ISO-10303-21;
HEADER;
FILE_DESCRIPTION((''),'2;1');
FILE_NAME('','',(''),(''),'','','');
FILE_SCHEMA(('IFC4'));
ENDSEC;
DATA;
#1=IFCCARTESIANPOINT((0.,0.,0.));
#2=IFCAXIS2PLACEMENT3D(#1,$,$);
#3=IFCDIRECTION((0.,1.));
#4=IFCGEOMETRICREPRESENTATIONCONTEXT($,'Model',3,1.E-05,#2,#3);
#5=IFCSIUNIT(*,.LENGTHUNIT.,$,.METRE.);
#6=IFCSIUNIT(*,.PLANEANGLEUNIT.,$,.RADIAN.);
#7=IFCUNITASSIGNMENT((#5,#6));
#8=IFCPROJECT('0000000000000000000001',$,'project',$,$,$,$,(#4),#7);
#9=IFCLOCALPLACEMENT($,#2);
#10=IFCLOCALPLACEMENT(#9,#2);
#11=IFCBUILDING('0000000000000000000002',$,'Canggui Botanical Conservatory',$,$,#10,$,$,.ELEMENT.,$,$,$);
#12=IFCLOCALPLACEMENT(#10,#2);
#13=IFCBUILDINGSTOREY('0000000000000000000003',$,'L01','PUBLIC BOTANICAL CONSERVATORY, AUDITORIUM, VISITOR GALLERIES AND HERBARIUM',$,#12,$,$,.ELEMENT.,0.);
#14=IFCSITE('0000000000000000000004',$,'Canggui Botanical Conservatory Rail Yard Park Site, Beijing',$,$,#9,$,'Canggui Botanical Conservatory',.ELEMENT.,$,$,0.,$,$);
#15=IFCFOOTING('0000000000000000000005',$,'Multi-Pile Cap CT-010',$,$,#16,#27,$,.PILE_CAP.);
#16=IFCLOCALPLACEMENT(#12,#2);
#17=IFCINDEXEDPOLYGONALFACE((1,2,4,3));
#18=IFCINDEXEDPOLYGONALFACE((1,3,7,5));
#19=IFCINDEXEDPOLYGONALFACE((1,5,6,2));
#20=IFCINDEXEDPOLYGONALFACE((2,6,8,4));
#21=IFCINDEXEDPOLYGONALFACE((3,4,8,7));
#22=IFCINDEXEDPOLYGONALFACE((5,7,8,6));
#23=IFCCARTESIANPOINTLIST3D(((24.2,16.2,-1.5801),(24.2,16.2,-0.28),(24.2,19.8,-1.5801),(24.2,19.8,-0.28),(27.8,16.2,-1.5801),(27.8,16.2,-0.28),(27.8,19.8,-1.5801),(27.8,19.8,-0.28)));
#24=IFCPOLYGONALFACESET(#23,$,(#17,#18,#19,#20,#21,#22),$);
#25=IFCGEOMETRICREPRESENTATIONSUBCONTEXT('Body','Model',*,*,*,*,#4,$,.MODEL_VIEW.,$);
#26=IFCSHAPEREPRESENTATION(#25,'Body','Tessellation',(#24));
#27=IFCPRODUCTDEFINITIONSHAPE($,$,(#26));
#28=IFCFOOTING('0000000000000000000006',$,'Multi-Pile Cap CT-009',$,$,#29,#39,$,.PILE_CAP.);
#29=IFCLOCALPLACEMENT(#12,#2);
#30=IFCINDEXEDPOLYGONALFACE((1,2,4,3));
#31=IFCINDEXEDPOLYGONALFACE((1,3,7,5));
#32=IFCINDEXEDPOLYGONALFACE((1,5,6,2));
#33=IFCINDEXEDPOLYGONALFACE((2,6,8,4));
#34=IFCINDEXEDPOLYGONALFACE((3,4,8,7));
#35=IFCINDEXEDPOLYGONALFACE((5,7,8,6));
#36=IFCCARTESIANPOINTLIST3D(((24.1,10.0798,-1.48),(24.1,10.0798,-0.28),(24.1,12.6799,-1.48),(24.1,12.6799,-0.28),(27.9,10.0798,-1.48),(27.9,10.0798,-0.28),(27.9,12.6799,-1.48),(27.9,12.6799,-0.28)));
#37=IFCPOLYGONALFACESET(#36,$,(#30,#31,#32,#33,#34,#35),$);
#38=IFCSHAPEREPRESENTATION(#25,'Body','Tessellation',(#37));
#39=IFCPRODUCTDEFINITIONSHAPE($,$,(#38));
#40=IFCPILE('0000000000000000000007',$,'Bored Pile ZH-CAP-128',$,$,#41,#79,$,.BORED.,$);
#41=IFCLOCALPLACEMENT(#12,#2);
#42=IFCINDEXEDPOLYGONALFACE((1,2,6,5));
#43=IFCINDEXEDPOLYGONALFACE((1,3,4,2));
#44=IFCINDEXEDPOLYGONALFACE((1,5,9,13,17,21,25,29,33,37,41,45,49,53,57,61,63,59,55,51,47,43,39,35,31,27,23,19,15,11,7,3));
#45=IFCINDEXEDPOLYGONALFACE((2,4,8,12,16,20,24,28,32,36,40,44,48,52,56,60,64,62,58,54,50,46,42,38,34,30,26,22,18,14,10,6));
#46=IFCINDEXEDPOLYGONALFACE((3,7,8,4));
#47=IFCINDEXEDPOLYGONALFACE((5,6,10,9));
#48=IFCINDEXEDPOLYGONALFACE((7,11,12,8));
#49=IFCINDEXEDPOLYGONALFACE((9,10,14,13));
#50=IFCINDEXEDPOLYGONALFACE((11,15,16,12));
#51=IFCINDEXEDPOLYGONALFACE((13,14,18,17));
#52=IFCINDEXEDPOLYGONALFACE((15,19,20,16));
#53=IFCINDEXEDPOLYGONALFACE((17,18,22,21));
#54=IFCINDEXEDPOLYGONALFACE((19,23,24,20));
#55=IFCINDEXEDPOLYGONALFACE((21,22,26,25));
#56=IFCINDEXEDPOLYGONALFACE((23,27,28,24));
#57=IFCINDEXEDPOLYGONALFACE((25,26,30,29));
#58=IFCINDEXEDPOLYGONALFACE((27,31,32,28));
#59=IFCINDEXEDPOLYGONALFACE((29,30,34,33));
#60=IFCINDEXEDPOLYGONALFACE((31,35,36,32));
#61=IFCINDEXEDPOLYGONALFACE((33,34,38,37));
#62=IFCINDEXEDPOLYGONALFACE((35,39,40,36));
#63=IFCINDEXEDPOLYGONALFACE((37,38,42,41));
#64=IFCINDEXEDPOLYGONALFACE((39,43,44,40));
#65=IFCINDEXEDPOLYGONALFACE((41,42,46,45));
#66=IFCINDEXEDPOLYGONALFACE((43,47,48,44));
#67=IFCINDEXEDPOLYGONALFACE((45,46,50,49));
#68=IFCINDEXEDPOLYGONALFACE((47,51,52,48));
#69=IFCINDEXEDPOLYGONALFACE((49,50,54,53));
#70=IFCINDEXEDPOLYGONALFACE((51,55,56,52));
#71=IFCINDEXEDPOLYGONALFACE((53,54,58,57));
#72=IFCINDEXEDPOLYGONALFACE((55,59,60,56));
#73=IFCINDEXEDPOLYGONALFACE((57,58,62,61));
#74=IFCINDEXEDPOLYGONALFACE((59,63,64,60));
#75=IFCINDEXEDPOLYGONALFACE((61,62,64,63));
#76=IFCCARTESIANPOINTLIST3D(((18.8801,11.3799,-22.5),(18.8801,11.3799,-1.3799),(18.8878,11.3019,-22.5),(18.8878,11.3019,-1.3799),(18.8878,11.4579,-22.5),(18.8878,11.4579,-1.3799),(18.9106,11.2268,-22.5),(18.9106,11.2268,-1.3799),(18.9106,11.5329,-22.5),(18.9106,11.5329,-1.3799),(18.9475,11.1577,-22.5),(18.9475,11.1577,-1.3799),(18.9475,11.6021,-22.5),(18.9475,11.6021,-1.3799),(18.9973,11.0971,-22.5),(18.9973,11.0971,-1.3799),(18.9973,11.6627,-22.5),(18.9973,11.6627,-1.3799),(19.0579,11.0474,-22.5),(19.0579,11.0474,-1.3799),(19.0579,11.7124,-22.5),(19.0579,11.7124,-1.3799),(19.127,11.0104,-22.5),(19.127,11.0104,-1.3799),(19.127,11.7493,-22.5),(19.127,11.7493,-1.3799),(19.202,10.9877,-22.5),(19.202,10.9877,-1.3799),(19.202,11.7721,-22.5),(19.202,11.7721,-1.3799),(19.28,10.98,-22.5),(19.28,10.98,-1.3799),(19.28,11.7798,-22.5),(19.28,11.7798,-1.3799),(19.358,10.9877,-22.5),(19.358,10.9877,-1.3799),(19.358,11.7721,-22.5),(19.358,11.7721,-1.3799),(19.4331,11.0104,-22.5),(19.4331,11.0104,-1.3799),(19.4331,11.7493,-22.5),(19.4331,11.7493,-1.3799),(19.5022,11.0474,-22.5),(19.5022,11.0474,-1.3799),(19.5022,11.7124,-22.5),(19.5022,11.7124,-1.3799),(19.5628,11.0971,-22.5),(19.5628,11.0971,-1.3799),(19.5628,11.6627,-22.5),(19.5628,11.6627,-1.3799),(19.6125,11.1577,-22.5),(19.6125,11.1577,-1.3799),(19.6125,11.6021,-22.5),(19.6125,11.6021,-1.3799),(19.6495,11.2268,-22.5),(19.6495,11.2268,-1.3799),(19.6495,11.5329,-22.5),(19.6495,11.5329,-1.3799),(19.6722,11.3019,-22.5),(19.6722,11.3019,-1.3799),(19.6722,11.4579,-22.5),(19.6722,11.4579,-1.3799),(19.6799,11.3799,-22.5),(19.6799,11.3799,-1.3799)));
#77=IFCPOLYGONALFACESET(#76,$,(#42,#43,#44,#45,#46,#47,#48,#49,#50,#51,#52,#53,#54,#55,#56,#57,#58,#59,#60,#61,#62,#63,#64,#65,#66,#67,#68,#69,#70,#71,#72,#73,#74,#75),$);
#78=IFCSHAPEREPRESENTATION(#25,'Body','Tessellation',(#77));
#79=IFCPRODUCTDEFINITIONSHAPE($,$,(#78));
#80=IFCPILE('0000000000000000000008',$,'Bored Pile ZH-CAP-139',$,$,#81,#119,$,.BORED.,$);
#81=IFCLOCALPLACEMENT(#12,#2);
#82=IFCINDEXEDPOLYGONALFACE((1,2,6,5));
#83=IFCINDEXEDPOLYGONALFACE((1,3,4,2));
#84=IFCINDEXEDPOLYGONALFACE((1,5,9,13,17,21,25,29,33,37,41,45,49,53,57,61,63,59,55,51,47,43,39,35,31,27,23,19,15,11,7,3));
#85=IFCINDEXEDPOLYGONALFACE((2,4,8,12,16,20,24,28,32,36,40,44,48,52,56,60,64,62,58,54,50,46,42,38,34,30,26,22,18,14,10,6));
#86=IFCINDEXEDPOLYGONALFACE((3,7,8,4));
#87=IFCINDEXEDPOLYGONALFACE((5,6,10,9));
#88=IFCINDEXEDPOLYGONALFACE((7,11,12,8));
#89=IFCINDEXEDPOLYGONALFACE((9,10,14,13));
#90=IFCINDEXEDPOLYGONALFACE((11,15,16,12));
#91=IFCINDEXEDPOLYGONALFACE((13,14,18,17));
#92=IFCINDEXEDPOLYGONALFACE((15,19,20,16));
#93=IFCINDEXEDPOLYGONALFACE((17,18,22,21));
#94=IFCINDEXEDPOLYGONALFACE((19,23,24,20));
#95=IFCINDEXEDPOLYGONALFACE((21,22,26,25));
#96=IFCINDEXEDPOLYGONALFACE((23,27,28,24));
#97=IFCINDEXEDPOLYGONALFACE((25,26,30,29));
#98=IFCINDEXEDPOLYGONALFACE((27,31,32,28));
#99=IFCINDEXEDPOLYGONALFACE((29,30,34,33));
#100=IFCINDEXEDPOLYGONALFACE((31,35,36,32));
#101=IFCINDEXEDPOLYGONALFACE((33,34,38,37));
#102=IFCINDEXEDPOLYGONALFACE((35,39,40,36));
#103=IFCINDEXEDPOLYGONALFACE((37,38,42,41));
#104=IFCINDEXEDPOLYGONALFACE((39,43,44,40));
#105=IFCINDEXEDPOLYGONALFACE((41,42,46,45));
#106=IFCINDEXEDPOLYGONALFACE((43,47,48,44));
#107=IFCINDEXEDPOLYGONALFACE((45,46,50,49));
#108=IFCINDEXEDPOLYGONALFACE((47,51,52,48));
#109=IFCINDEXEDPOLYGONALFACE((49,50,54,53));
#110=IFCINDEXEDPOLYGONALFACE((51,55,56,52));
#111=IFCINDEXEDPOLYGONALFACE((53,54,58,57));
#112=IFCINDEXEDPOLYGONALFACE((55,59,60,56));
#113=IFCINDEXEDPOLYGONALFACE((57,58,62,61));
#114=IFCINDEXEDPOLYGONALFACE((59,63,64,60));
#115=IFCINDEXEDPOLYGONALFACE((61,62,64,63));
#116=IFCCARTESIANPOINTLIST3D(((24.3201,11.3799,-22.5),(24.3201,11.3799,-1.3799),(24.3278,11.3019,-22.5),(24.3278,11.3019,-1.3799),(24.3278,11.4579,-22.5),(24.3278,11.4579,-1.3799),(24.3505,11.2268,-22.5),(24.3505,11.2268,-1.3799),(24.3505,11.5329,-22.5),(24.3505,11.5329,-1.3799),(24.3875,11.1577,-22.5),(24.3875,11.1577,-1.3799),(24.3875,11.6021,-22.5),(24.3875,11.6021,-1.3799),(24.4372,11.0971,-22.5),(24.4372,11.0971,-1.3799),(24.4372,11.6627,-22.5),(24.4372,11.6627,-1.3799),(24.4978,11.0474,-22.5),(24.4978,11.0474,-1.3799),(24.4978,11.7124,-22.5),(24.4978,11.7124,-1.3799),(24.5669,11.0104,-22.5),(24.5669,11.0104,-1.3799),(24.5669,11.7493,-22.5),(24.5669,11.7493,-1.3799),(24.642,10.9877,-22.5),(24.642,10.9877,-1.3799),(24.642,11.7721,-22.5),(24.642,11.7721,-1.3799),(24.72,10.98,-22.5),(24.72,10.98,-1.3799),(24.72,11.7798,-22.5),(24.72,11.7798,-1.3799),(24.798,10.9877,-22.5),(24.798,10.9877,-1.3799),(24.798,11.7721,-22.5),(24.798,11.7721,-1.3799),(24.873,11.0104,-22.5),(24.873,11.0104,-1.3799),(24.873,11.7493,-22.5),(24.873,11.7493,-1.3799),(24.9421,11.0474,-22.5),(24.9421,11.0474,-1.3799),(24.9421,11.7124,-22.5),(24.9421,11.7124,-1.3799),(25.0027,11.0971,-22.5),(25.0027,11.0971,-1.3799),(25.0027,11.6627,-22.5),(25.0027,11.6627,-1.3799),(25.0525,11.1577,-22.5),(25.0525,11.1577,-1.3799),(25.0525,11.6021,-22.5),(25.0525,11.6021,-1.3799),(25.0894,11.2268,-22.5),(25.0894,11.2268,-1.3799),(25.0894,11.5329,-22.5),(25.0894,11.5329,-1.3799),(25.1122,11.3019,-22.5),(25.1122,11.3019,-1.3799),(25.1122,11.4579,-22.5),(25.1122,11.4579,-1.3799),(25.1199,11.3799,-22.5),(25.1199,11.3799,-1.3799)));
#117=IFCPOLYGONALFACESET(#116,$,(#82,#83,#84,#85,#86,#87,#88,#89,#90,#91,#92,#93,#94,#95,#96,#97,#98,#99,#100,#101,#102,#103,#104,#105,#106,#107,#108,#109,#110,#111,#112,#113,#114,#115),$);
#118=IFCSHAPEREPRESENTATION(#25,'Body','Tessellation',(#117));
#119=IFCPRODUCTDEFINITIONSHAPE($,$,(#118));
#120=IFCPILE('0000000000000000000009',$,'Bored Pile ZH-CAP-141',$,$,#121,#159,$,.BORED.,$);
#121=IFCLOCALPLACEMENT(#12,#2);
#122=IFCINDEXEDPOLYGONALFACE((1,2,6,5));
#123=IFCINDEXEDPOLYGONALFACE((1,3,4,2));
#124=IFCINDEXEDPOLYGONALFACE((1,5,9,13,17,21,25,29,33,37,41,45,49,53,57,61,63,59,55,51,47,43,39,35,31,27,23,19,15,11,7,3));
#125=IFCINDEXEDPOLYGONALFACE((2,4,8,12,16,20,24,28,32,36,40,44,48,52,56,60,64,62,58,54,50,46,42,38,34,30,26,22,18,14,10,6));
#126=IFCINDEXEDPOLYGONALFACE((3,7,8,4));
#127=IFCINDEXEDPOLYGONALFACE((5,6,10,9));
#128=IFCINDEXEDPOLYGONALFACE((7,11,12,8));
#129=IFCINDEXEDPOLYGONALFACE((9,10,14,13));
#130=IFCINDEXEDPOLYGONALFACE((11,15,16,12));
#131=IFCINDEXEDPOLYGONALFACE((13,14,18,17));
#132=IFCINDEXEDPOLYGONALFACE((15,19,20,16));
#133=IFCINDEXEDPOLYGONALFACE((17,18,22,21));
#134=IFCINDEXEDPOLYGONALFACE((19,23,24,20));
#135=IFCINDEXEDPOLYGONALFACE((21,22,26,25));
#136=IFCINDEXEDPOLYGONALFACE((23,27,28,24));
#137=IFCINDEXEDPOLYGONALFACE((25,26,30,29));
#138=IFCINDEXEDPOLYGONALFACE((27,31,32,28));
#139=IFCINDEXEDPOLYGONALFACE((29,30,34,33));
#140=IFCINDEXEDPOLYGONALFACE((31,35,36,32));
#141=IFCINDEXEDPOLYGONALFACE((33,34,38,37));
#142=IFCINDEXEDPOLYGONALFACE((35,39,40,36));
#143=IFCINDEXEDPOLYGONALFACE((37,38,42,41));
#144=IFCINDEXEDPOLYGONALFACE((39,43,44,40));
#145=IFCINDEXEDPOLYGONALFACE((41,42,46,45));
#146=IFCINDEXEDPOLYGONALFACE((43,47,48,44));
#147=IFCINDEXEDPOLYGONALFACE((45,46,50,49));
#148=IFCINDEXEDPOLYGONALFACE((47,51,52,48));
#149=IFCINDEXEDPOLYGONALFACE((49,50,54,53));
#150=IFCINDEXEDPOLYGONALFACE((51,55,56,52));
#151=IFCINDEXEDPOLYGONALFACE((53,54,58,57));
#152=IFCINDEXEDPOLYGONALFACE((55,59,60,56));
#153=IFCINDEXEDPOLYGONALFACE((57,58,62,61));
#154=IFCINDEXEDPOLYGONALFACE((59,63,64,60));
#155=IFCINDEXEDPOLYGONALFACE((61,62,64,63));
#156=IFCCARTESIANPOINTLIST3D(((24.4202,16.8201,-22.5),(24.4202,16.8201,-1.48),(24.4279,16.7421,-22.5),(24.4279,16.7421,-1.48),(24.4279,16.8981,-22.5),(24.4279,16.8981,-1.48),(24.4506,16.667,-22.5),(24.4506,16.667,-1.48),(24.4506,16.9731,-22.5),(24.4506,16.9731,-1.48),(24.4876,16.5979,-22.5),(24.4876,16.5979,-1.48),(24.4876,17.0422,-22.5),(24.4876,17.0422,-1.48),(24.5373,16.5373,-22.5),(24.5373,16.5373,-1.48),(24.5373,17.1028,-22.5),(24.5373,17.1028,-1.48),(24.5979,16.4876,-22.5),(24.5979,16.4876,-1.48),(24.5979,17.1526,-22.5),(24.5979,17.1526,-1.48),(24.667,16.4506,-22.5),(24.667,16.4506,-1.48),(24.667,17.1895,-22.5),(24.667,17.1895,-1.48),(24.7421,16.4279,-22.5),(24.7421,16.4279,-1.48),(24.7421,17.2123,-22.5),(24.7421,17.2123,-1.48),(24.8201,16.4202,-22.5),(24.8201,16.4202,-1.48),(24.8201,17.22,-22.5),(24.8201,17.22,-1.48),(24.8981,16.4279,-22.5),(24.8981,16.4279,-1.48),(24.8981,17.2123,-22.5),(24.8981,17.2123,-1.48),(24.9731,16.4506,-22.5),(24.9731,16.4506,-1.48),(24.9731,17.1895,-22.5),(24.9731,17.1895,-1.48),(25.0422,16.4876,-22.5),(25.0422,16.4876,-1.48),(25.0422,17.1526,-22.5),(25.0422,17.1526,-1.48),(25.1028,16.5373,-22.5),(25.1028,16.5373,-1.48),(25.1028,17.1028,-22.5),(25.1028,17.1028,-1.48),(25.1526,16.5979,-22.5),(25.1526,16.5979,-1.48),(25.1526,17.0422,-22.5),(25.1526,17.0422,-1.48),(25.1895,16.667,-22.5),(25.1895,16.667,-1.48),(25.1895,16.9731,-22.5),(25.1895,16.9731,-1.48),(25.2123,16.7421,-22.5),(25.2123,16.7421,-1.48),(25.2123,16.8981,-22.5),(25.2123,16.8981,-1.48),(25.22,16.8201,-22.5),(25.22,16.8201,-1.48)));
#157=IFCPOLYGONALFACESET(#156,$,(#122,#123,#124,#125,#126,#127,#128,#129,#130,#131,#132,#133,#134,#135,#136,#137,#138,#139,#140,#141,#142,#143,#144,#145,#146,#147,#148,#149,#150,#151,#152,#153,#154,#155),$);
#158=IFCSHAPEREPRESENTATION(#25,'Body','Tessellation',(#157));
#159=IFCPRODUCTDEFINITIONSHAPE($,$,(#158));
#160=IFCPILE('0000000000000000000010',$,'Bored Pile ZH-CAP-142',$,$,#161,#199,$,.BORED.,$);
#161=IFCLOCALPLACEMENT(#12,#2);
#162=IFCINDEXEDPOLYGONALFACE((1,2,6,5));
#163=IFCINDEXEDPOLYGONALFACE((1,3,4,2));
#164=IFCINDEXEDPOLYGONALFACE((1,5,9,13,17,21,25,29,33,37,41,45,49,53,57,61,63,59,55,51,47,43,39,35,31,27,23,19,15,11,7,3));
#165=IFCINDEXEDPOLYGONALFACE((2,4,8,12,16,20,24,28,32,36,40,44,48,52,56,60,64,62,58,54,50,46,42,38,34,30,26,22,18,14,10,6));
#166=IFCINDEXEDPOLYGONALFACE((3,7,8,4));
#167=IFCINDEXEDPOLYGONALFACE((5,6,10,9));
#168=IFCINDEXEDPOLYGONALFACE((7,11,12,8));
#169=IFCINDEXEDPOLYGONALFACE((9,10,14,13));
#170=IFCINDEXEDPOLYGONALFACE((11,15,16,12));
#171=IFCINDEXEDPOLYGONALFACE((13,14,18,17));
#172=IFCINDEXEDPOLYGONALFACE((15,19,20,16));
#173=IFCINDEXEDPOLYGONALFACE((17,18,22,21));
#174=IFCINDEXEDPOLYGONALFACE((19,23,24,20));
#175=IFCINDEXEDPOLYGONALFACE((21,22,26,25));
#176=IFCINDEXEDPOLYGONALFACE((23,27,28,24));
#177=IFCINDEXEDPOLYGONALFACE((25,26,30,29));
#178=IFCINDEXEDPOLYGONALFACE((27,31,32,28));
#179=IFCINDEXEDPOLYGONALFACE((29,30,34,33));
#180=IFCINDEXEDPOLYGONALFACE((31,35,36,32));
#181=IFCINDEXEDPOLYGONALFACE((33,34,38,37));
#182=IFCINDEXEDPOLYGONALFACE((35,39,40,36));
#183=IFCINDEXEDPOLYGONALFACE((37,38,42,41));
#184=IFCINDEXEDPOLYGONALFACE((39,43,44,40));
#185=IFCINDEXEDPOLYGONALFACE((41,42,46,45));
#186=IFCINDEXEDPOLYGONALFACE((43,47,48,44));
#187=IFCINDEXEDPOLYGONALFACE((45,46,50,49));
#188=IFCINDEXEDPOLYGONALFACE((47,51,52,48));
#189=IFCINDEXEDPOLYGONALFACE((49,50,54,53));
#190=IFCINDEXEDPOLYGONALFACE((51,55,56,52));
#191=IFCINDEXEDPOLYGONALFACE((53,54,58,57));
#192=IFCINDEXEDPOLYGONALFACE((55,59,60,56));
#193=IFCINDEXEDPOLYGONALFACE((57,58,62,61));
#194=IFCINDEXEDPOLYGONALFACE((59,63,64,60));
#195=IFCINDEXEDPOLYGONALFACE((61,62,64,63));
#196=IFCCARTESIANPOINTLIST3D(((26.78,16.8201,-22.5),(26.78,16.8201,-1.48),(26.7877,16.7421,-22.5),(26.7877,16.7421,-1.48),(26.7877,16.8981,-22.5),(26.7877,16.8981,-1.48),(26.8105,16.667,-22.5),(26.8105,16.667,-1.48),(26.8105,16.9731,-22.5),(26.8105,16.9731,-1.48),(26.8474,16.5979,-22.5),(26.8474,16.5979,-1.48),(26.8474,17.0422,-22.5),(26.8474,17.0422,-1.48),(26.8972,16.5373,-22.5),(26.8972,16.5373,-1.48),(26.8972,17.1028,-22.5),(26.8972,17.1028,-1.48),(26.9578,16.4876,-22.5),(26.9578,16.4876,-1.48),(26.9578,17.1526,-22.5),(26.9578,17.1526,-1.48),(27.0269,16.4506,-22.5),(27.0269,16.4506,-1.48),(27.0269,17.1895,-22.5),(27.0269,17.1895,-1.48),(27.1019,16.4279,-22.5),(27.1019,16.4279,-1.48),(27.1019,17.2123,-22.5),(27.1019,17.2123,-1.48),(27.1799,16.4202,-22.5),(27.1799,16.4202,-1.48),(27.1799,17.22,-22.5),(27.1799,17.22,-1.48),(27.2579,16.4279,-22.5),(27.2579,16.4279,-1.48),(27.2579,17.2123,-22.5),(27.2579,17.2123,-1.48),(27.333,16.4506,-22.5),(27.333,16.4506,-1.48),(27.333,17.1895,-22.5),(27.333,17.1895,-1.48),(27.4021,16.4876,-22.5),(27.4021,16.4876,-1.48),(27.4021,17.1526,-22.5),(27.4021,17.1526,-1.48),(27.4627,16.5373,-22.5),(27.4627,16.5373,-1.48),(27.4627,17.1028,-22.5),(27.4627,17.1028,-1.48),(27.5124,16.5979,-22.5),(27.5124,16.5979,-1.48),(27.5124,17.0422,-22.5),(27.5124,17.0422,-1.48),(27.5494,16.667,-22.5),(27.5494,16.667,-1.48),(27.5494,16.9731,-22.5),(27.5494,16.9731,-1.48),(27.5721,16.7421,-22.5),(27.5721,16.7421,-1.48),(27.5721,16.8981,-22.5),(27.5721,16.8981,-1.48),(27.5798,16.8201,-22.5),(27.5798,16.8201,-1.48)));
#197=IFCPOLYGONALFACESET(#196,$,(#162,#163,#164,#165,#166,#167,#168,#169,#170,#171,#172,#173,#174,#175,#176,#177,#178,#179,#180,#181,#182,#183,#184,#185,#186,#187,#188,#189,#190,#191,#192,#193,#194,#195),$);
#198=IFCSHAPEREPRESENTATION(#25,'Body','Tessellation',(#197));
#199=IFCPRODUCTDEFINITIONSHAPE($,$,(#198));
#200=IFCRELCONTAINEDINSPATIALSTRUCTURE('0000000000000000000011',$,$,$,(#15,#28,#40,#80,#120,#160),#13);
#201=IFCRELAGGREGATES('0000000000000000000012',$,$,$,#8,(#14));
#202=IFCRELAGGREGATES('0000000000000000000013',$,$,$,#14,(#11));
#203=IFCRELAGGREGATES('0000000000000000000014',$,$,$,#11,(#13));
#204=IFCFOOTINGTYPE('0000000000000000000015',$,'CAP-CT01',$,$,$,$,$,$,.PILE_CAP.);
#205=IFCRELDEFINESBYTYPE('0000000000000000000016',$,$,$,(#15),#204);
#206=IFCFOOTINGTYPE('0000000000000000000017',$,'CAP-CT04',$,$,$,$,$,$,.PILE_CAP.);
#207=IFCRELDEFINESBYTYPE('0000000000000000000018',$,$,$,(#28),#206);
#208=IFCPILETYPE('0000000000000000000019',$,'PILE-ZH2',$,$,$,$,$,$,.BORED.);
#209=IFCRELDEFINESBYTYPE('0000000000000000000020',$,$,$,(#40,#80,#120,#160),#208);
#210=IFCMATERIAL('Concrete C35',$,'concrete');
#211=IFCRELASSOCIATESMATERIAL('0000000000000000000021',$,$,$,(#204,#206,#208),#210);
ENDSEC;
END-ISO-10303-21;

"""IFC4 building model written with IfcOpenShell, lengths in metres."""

from ifc_helpers import new_model, si_unit, direction, frame, origin, origin_2d, place, context, subcontext, project, spatial, rectangle, circle, extrude, material, material_profile, profile_set, type_object, element, save


model = new_model("IFC4")

# Units and contexts
model_context = context("Model", 3, precision=1e-05, world=origin(), true_north=direction((0.0, 1.0)))
body_context = subcontext(model_context, "Body", "Model", "MODEL_VIEW")
ifc_project = project(units=[si_unit("LENGTHUNIT", "METRE"), si_unit("PLANEANGLEUNIT", "RADIAN")], contexts=[model_context])

# Site, building, storey
site_placement = place(None, origin())
site = spatial("IfcSite", under=ifc_project, at=site_placement, Name="Canggui Botanical Conservatory Rail Yard Park Site, Beijing", LongName="Canggui Botanical Conservatory", CompositionType="ELEMENT", RefElevation=0.0)
building_placement = place(site_placement, origin())
building = spatial("IfcBuilding", under=site, at=building_placement, Name="Canggui Botanical Conservatory", CompositionType="ELEMENT")
storey_placement = place(building_placement, origin())
storey = spatial("IfcBuildingStorey", under=building, at=storey_placement, Name="L01", Description="PUBLIC BOTANICAL CONSERVATORY, AUDITORIUM, VISITOR GALLERIES AND HERBARIUM", CompositionType="ELEMENT", Elevation=0.0)

# Footings
ifc_material_1 = material(Name="Concrete C35", Category="concrete")
footing_type_1 = type_object("IfcFootingType", Name="CAP-CT01", PredefinedType="PILE_CAP", material=ifc_material_1)
footing_1_placement = place(storey_placement, frame((26.0, 18.0, -1.5801), z_axis=(0.0, 0.0, 1.0), x_axis=(1.0, 0.0, 0.0)))
element("IfcFooting", 1, at=footing_1_placement, inside=storey, type_object=footing_type_1, Name="Multi-Pile Cap CT-010", PredefinedType="PILE_CAP", context=body_context, shape_type="SweptSolid", body=[
    extrude(rectangle(XDim=3.6001, YDim=3.6001, at=origin_2d()), origin(), (0.0, 0.0, 1.0), 1.3),
])
footing_type_2 = type_object("IfcFootingType", Name="CAP-CT04", PredefinedType="PILE_CAP", material=ifc_material_1)
footing_2_placement = place(storey_placement, frame((26.0, 11.3799, -1.48), z_axis=(0.0, 0.0, 1.0), x_axis=(1.0, 0.0, 0.0)))
element("IfcFooting", 2, at=footing_2_placement, inside=storey, type_object=footing_type_2, Name="Multi-Pile Cap CT-009", PredefinedType="PILE_CAP", context=body_context, shape_type="SweptSolid", body=[
    extrude(rectangle(XDim=3.8, YDim=2.6001, at=origin_2d()), origin(), (0.0, 0.0, 1.0), 1.2),
])

# Piles
ifc_material_profile_1 = material_profile(ifc_material_1, circle(Radius=0.3999, at=origin_2d()), Name="PILE D800")
ifc_profile_set_1 = profile_set([ifc_material_profile_1], Name="Concrete C35")
pile_type = type_object("IfcPileType", Name="PILE-ZH2", PredefinedType="BORED", material=ifc_profile_set_1)
for number, where, z_axis, x_axis, name in (
    (3, (19.28, 11.3799, -1.3799), (0.0, 0.0, -1.0), (1.0, 0.0, 0.0), "Bored Pile ZH-CAP-128"),
    (4, (24.72, 11.3799, -1.3799), (0.0, 0.0, -1.0), (1.0, 0.0, 0.0), "Bored Pile ZH-CAP-139"),
):
    element("IfcPile", number, at=place(storey_placement, frame(where, z_axis=z_axis, x_axis=x_axis)), inside=storey, type_object=pile_type, Name=name, PredefinedType="BORED", context=body_context, shape_type="SweptSolid", body=[
        extrude(circle(Radius=0.3999, at=origin_2d()), origin(), (0.0, 0.0, 1.0), 21.1201),
    ])
for number, where, z_axis, x_axis, name in (
    (5, (24.8201, 16.8201, -1.48), (0.0, 0.0, -1.0), (1.0, 0.0, 0.0), "Bored Pile ZH-CAP-141"),
    (6, (27.1799, 16.8201, -1.48), (0.0, 0.0, -1.0), (1.0, 0.0, 0.0), "Bored Pile ZH-CAP-142"),
):
    element("IfcPile", number, at=place(storey_placement, frame(where, z_axis=z_axis, x_axis=x_axis)), inside=storey, type_object=pile_type, Name=name, PredefinedType="BORED", context=body_context, shape_type="SweptSolid", body=[
        extrude(circle(Radius=0.3999, at=origin_2d()), origin(), (0.0, 0.0, 1.0), 21.02),
    ])

save(model, "model.ifc")
